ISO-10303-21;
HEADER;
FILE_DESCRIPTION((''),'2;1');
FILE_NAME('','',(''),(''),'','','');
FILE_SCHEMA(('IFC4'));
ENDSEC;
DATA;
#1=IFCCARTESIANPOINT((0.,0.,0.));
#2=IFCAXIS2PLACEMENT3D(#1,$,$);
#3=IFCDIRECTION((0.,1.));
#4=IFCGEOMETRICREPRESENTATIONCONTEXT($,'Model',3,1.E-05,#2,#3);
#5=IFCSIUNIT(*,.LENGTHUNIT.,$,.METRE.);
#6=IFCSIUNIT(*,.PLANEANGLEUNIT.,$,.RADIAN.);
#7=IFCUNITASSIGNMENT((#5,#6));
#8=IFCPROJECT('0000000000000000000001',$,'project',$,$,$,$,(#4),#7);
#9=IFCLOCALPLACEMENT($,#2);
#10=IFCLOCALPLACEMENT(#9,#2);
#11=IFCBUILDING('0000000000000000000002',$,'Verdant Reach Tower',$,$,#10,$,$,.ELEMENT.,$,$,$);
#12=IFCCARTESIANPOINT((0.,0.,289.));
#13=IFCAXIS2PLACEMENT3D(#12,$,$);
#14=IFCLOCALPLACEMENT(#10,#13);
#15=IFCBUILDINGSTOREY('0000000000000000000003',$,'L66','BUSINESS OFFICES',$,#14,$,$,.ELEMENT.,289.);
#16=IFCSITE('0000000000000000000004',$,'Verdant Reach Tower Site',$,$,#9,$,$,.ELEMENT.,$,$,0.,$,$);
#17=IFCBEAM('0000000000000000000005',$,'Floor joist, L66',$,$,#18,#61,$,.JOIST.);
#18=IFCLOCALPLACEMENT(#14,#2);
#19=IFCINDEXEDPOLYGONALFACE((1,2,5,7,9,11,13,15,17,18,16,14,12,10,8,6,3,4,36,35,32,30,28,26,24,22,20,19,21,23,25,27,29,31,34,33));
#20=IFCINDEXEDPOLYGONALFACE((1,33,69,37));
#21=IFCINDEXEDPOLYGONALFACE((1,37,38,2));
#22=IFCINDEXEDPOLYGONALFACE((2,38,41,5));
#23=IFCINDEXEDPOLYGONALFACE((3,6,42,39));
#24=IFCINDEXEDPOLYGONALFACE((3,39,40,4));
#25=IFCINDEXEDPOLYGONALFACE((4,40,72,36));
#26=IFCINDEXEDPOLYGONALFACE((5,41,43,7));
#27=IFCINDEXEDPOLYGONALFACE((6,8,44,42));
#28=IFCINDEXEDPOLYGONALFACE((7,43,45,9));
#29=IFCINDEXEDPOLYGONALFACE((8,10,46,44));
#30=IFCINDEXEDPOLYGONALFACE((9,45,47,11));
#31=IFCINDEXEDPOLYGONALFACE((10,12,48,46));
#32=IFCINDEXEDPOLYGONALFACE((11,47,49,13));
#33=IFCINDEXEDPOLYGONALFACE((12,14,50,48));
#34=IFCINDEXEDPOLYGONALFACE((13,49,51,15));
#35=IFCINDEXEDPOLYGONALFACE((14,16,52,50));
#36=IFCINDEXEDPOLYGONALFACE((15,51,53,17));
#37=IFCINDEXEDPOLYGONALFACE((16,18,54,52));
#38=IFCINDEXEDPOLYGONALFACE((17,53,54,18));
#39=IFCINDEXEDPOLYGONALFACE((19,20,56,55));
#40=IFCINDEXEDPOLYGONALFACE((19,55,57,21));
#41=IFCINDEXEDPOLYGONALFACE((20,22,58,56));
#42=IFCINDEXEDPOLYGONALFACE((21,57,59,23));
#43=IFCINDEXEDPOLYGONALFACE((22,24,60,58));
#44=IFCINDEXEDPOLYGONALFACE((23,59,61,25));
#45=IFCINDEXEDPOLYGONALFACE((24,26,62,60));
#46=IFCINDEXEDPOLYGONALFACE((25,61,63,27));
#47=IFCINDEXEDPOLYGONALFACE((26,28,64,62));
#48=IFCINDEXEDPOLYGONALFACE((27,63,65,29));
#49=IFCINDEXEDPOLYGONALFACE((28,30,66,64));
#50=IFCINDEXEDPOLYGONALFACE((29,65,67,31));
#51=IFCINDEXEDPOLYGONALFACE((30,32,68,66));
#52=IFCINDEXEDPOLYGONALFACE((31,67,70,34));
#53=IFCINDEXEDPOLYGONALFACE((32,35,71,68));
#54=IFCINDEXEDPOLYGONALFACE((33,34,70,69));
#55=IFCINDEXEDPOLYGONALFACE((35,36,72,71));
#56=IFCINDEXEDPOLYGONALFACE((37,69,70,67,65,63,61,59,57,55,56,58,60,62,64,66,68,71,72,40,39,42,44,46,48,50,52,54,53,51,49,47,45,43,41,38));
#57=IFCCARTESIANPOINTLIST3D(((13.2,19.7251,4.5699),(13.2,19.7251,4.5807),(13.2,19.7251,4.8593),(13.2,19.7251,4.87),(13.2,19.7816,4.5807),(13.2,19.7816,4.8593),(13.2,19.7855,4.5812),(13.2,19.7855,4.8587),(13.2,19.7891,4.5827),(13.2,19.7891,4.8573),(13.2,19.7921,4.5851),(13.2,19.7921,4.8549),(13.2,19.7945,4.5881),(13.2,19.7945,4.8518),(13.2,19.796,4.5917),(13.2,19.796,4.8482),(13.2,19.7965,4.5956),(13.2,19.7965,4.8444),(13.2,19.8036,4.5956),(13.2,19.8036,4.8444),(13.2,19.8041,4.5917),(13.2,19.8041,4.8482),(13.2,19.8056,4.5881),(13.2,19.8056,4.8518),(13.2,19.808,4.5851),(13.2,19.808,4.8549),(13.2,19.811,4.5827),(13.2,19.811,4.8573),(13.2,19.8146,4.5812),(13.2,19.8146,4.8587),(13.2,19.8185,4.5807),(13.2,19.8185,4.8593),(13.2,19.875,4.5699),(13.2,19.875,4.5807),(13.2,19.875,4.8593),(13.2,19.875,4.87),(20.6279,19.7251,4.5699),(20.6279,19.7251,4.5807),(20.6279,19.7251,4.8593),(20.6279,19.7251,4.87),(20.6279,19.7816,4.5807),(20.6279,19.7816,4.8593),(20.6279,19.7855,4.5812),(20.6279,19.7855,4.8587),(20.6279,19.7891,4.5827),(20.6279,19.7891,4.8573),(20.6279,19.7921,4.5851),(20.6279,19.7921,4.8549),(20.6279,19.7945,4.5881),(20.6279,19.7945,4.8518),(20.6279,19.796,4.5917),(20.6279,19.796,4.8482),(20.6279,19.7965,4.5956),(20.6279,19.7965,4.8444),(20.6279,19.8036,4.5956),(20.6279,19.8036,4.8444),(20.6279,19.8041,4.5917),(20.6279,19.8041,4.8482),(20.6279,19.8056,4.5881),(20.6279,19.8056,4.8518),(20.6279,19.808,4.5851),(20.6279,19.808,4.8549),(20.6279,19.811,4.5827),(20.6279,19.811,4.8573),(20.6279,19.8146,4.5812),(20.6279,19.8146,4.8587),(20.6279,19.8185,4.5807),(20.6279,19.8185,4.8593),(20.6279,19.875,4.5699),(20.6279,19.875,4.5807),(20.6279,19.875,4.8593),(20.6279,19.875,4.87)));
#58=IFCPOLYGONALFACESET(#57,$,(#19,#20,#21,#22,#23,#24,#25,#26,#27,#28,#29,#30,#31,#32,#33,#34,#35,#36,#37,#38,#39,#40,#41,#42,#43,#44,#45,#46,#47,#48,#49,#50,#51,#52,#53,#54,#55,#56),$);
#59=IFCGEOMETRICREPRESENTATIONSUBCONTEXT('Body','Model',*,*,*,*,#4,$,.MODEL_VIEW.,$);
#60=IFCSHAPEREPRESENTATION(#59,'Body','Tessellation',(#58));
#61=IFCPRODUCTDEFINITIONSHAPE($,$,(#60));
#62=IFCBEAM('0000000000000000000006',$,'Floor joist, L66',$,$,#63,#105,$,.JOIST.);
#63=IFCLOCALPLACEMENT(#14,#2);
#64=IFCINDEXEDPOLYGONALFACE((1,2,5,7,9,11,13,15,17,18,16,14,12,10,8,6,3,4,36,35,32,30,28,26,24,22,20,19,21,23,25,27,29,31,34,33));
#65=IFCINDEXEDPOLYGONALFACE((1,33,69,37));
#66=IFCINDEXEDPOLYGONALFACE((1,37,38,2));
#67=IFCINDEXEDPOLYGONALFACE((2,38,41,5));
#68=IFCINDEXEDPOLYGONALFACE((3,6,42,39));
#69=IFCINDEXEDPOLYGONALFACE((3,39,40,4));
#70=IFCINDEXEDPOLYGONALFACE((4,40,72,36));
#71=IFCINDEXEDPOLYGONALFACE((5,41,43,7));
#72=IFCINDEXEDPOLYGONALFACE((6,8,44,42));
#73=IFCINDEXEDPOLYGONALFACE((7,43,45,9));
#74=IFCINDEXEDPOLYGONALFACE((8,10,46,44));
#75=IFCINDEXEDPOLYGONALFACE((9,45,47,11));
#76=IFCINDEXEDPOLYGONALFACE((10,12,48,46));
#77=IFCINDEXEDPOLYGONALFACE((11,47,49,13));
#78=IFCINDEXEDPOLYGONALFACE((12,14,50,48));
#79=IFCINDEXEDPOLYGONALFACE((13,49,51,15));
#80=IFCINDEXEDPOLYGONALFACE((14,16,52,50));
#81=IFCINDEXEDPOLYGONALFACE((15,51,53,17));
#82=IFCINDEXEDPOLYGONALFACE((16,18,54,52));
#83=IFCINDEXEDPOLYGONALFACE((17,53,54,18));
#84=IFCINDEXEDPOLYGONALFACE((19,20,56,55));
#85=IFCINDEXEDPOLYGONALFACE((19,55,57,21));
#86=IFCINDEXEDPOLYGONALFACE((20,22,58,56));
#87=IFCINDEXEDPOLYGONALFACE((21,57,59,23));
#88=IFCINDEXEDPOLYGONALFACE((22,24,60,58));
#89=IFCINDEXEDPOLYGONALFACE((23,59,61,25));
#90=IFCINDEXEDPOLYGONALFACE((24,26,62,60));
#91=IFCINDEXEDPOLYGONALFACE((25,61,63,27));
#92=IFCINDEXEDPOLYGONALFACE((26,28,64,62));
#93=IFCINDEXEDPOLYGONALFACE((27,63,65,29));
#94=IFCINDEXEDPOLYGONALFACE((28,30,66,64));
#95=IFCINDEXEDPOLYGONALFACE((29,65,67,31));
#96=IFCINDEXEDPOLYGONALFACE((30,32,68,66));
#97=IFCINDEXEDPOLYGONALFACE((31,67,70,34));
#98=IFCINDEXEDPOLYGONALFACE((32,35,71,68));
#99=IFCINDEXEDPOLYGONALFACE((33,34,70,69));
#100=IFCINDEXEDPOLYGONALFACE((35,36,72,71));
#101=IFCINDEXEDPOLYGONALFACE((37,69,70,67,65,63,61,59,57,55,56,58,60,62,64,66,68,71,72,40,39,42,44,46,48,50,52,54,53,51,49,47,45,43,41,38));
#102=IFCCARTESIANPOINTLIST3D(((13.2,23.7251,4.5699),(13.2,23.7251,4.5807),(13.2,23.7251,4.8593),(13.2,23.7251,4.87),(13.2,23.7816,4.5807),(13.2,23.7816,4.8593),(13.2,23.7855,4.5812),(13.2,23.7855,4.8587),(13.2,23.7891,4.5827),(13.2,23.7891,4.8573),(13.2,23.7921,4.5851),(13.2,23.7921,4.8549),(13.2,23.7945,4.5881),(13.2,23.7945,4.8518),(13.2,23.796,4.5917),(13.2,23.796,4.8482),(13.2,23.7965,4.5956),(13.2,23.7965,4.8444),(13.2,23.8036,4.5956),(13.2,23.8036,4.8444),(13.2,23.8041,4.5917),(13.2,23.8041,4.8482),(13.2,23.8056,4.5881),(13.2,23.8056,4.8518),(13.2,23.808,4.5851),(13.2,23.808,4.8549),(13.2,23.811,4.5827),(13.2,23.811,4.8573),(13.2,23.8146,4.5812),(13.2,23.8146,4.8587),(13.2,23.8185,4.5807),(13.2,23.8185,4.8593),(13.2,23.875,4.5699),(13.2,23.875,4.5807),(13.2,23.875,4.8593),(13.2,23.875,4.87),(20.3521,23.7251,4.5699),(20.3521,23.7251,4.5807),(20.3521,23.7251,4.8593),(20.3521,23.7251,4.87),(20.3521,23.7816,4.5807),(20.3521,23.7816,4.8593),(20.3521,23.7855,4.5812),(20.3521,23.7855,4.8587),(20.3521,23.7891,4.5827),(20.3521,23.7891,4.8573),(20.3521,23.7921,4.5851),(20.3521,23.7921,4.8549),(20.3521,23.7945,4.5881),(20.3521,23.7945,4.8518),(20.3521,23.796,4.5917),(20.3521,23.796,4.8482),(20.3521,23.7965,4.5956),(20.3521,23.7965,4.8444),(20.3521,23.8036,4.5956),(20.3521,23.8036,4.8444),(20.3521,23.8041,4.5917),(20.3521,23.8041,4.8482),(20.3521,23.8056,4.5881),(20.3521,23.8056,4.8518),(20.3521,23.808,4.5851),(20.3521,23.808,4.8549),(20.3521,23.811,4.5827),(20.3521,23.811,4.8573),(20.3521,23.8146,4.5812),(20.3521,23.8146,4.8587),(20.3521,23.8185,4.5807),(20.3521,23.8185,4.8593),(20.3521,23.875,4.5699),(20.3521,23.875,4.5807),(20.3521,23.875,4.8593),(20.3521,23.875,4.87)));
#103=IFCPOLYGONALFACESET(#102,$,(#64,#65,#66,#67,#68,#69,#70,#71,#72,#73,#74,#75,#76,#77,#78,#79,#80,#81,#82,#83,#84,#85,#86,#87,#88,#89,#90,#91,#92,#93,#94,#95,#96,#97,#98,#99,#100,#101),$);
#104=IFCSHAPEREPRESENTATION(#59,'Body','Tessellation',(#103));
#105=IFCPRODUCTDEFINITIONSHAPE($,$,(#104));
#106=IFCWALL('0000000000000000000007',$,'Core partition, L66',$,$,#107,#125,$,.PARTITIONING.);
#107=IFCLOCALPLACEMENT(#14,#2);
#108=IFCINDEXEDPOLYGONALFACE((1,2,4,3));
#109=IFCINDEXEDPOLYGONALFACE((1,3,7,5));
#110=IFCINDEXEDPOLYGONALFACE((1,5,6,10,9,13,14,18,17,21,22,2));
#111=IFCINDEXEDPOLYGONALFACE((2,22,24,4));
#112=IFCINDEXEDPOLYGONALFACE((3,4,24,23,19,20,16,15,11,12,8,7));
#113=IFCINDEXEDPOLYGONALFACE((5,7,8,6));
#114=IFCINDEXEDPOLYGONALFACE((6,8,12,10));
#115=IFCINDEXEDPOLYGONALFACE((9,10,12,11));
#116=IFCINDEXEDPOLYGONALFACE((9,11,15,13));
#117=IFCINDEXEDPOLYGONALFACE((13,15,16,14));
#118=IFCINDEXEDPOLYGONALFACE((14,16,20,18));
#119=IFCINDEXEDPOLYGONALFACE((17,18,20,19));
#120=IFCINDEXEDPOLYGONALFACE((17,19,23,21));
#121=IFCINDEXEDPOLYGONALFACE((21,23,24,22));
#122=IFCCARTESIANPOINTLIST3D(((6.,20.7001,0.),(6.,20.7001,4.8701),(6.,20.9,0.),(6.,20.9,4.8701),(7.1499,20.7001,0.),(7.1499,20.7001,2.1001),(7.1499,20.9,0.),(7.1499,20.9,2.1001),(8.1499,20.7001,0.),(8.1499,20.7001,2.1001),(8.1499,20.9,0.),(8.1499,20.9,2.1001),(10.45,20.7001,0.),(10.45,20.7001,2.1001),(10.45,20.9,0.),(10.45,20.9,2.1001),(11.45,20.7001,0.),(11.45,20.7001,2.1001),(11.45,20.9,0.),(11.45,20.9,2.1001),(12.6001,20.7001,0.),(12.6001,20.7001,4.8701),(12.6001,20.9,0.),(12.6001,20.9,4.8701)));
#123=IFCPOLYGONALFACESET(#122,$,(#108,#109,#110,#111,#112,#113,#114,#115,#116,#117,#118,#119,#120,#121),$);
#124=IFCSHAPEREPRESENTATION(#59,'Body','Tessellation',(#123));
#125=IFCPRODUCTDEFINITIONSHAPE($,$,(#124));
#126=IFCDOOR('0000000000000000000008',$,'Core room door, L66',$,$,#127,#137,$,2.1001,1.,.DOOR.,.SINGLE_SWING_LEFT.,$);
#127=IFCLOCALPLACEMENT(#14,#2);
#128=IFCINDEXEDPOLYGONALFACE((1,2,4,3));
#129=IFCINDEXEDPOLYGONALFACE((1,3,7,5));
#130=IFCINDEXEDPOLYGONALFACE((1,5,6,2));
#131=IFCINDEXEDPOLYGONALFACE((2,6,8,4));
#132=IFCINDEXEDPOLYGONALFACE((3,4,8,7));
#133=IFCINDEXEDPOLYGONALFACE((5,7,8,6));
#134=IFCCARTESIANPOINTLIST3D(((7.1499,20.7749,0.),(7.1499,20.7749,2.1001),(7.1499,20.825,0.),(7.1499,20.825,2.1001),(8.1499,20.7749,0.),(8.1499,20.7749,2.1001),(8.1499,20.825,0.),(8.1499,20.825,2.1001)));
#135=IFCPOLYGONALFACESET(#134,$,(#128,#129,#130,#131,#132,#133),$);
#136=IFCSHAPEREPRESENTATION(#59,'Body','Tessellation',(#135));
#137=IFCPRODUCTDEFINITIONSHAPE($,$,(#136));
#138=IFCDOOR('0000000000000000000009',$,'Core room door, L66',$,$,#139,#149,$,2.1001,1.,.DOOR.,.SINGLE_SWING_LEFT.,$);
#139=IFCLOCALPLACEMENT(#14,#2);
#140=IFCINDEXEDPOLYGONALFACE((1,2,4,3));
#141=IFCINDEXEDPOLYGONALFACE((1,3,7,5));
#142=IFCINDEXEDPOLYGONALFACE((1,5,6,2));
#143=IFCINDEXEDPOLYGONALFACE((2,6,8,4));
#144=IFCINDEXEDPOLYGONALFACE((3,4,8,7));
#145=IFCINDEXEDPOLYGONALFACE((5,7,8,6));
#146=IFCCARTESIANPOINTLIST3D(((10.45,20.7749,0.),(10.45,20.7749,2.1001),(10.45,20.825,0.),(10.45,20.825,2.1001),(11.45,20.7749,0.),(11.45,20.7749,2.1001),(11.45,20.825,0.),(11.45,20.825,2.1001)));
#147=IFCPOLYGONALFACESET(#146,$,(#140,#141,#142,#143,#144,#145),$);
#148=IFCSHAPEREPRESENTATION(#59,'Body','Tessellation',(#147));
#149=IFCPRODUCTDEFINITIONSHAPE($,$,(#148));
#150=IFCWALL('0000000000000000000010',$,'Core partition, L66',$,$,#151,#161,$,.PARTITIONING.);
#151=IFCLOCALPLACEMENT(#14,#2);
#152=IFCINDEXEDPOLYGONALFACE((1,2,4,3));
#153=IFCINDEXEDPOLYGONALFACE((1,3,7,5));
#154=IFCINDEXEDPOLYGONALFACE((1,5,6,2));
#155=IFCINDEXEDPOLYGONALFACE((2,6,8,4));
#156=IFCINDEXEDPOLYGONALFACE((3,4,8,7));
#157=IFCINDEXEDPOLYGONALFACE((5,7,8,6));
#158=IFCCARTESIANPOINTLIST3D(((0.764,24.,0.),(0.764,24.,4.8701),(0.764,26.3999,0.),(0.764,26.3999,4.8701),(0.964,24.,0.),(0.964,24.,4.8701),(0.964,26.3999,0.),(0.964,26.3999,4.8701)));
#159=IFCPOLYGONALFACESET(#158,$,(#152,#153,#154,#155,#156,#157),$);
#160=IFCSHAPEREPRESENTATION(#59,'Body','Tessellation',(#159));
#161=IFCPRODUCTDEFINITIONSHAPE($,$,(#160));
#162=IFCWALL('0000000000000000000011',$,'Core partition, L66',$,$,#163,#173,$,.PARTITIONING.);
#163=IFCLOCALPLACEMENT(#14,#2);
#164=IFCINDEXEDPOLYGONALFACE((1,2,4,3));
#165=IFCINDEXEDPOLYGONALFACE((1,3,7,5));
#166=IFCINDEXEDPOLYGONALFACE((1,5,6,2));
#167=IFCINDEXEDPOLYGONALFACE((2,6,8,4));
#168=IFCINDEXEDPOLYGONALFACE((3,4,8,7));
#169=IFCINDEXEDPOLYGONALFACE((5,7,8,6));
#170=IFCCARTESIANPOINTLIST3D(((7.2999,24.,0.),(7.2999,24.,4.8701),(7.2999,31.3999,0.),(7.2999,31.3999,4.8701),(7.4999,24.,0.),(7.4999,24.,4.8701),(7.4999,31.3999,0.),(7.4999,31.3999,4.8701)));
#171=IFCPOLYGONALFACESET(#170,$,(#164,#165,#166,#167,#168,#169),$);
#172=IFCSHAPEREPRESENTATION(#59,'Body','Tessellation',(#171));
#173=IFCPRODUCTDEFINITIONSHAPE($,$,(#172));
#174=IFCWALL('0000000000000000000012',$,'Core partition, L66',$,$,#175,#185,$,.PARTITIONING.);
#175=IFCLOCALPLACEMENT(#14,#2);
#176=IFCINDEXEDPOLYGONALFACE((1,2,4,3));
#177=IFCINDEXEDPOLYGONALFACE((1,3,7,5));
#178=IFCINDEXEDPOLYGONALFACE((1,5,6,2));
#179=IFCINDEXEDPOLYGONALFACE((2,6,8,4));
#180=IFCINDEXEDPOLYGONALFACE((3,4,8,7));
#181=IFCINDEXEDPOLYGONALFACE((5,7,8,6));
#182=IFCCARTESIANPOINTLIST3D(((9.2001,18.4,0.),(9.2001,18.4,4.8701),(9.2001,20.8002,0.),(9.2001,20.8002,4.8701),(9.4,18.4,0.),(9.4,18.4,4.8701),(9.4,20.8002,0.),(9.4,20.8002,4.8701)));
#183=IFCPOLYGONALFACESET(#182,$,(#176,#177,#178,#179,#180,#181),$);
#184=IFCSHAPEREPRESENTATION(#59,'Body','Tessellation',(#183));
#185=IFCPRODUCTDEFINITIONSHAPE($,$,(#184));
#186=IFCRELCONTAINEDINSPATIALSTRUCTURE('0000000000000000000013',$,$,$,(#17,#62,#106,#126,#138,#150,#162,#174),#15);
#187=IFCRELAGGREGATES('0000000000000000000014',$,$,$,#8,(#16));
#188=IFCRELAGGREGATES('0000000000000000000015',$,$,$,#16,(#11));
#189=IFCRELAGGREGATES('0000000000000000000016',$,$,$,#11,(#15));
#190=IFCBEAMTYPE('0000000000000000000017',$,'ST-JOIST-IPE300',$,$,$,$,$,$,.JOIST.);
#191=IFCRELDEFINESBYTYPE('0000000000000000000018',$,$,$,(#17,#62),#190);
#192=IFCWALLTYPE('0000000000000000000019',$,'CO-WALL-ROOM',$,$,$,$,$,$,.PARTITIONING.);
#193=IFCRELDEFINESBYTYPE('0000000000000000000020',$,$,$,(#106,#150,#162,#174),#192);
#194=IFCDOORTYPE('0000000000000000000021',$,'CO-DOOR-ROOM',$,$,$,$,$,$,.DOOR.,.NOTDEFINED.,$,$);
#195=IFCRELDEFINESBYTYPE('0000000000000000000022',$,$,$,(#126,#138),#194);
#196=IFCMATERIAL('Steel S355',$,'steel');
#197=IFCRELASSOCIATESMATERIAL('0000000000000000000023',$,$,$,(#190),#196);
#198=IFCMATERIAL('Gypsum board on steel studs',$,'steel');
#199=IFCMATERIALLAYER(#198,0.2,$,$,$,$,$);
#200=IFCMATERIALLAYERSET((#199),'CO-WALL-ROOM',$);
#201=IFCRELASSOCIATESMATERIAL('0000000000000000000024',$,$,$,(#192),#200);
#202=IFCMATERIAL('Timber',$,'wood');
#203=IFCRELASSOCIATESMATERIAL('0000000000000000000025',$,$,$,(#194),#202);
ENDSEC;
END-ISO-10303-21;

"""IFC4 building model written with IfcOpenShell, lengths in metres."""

from ifc_helpers import new_model, si_unit, direction, frame, frame_2d, origin, origin_2d, place, context, subcontext, project, spatial, rectangle, i_section, extrude, material, layer, layer_set, material_profile, profile_set, type_object, element, fill, save


model = new_model("IFC4")

# Units and contexts
model_context = context("Model", 3, precision=1e-05, world=origin(), true_north=direction((0.0, 1.0)))
body_context = subcontext(model_context, "Body", "Model", "MODEL_VIEW")
ifc_project = project(units=[si_unit("LENGTHUNIT", "METRE"), si_unit("PLANEANGLEUNIT", "RADIAN")], contexts=[model_context])

# Site, building, storey
site_placement = place(None, origin())
site = spatial("IfcSite", under=ifc_project, at=site_placement, Name="Verdant Reach Tower Site", CompositionType="ELEMENT", RefElevation=0.0)
building_placement = place(site_placement, origin())
building = spatial("IfcBuilding", under=site, at=building_placement, Name="Verdant Reach Tower", CompositionType="ELEMENT")
storey_placement = place(building_placement, frame((0.0, 0.0, 289.0)))
storey = spatial("IfcBuildingStorey", under=building, at=storey_placement, Name="L66", Description="BUSINESS OFFICES", CompositionType="ELEMENT", Elevation=289.0)

# Beams
ifc_material_1 = material(Name="Steel S355", Category="steel")
ifc_material_profile = material_profile(ifc_material_1, i_section(OverallWidth=0.1499, OverallDepth=0.3, WebThickness=0.0071, FlangeThickness=0.0107, FilletRadius=0.0149, at=origin_2d()), Name="IPE 300")
ifc_profile_set = profile_set([ifc_material_profile], Name="Steel S355")
beam_type = type_object("IfcBeamType", Name="ST-JOIST-IPE300", PredefinedType="JOIST", material=ifc_profile_set)
beam_1_placement = place(storey_placement, frame((13.2, 19.8, 4.72), z_axis=(1.0, 0.0, 0.0), x_axis=(0.0, 1.0, 0.0)))
element("IfcBeam", 1, at=beam_1_placement, inside=storey, type_object=beam_type, Name="Floor joist, L66", PredefinedType="JOIST", context=body_context, shape_type="SweptSolid", body=[
    extrude(i_section(OverallWidth=0.1499, OverallDepth=0.3, WebThickness=0.0071, FlangeThickness=0.0107, FilletRadius=0.0149, at=origin_2d()), origin(), (0.0, 0.0, 1.0), 7.428),
])
beam_2_placement = place(storey_placement, frame((13.2, 23.8, 4.72), z_axis=(1.0, 0.0, 0.0), x_axis=(0.0, 1.0, 0.0)))
element("IfcBeam", 2, at=beam_2_placement, inside=storey, type_object=beam_type, Name="Floor joist, L66", PredefinedType="JOIST", context=body_context, shape_type="SweptSolid", body=[
    extrude(i_section(OverallWidth=0.1499, OverallDepth=0.3, WebThickness=0.0071, FlangeThickness=0.0107, FilletRadius=0.0149, at=origin_2d()), origin(), (0.0, 0.0, 1.0), 7.1521),
])

# Wall, openings, doors
ifc_material_2 = material(Name="Gypsum board on steel studs", Category="steel")
ifc_layer_1 = layer(ifc_material_2, 0.2)
ifc_layer_set_1 = layer_set([ifc_layer_1], Name="CO-WALL-ROOM")
wall_type_1 = type_object("IfcWallType", Name="CO-WALL-ROOM", PredefinedType="PARTITIONING", material=ifc_layer_set_1)
wall_1_placement = place(storey_placement, frame((6.0, 20.8, 0.0), z_axis=(0.0, 0.0, 1.0), x_axis=(1.0, 0.0, 0.0)))
wall_1 = element("IfcWall", 3, at=wall_1_placement, inside=storey, type_object=wall_type_1, Name="Core partition, L66", PredefinedType="PARTITIONING", context=body_context, shape_type="SweptSolid", body=[
    extrude(rectangle(XDim=6.6001, YDim=0.2, at=frame_2d((3.3, 0.0))), origin(), (0.0, 0.0, 1.0), 4.8701),
])
opening_1_placement = place(wall_1_placement, frame((1.1499, 0.0, 0.0)))
opening_1 = element("IfcOpeningElement", 4, at=opening_1_placement, cuts=wall_1, PredefinedType="OPENING", context=body_context, shape_type="SweptSolid", body=[
    extrude(rectangle(XDim=1.0, YDim=2.1001, at=frame_2d((0.5, 1.05))), frame((0.0, 0.1099, 0.0), z_axis=(0.0, -1.0, 0.0), x_axis=(1.0, 0.0, 0.0)), (0.0, 0.0, 1.0), 0.22),
])
opening_2_placement = place(wall_1_placement, frame((4.45, 0.0, 0.0)))
opening_2 = element("IfcOpeningElement", 5, at=opening_2_placement, cuts=wall_1, PredefinedType="OPENING", context=body_context, shape_type="SweptSolid", body=[
    extrude(rectangle(XDim=1.0, YDim=2.1001, at=frame_2d((0.5, 1.05))), frame((0.0, 0.1099, 0.0), z_axis=(0.0, -1.0, 0.0), x_axis=(1.0, 0.0, 0.0)), (0.0, 0.0, 1.0), 0.22),
])
ifc_material_3 = material(Name="Timber", Category="wood")
door_type_1 = type_object("IfcDoorType", Name="CO-DOOR-ROOM", OperationType="NOTDEFINED", PredefinedType="DOOR", material=ifc_material_3)
door_1_placement = place(opening_1_placement, origin())
door_1 = element("IfcDoor", 6, at=door_1_placement, inside=storey, type_object=door_type_1, Name="Core room door, L66", OperationType="SINGLE_SWING_LEFT", OverallHeight=2.1001, OverallWidth=1.0, PredefinedType="DOOR", context=body_context, shape_type="SweptSolid", body=[
    extrude(rectangle(XDim=1.0, YDim=2.1001, at=frame_2d((0.5, 1.05))), frame((0.0, 0.0249, 0.0), z_axis=(0.0, -1.0, 0.0), x_axis=(1.0, 0.0, 0.0)), (0.0, 0.0, 1.0), 0.05),
])
fill(opening_1, door_1)
door_2_placement = place(opening_2_placement, origin())
door_2 = element("IfcDoor", 7, at=door_2_placement, inside=storey, type_object=door_type_1, Name="Core room door, L66", OperationType="SINGLE_SWING_LEFT", OverallHeight=2.1001, OverallWidth=1.0, PredefinedType="DOOR", context=body_context, shape_type="SweptSolid", body=[
    extrude(rectangle(XDim=1.0, YDim=2.1001, at=frame_2d((0.5, 1.05))), frame((0.0, 0.0249, 0.0), z_axis=(0.0, -1.0, 0.0), x_axis=(1.0, 0.0, 0.0)), (0.0, 0.0, 1.0), 0.05),
])
fill(opening_2, door_2)

# Walls
wall_2_placement = place(storey_placement, frame((0.864, 24.0, 0.0), z_axis=(0.0, 0.0, 1.0), x_axis=(0.0, 1.0, 0.0)))
element("IfcWall", 8, at=wall_2_placement, inside=storey, type_object=wall_type_1, Name="Core partition, L66", PredefinedType="PARTITIONING", context=body_context, shape_type="SweptSolid", body=[
    extrude(rectangle(XDim=2.3999, YDim=0.2, at=frame_2d((1.2, 0.0))), origin(), (0.0, 0.0, 1.0), 4.8701),
])
wall_3_placement = place(storey_placement, frame((7.3999, 24.0, 0.0), z_axis=(0.0, 0.0, 1.0), x_axis=(0.0, 1.0, 0.0)))
element("IfcWall", 9, at=wall_3_placement, inside=storey, type_object=wall_type_1, Name="Core partition, L66", PredefinedType="PARTITIONING", context=body_context, shape_type="SweptSolid", body=[
    extrude(rectangle(XDim=7.3999, YDim=0.2, at=frame_2d((3.7, 0.0))), origin(), (0.0, 0.0, 1.0), 4.8701),
])
wall_4_placement = place(storey_placement, frame((9.3, 18.3999, 0.0), z_axis=(0.0, 0.0, 1.0), x_axis=(0.0, 1.0, 0.0)))
element("IfcWall", 10, at=wall_4_placement, inside=storey, type_object=wall_type_1, Name="Core partition, L66", PredefinedType="PARTITIONING", context=body_context, shape_type="SweptSolid", body=[
    extrude(rectangle(XDim=2.4001, YDim=0.2, at=frame_2d((1.2002, 0.0))), origin(), (0.0, 0.0, 1.0), 4.8701),
])

save(model, "model.ifc")
